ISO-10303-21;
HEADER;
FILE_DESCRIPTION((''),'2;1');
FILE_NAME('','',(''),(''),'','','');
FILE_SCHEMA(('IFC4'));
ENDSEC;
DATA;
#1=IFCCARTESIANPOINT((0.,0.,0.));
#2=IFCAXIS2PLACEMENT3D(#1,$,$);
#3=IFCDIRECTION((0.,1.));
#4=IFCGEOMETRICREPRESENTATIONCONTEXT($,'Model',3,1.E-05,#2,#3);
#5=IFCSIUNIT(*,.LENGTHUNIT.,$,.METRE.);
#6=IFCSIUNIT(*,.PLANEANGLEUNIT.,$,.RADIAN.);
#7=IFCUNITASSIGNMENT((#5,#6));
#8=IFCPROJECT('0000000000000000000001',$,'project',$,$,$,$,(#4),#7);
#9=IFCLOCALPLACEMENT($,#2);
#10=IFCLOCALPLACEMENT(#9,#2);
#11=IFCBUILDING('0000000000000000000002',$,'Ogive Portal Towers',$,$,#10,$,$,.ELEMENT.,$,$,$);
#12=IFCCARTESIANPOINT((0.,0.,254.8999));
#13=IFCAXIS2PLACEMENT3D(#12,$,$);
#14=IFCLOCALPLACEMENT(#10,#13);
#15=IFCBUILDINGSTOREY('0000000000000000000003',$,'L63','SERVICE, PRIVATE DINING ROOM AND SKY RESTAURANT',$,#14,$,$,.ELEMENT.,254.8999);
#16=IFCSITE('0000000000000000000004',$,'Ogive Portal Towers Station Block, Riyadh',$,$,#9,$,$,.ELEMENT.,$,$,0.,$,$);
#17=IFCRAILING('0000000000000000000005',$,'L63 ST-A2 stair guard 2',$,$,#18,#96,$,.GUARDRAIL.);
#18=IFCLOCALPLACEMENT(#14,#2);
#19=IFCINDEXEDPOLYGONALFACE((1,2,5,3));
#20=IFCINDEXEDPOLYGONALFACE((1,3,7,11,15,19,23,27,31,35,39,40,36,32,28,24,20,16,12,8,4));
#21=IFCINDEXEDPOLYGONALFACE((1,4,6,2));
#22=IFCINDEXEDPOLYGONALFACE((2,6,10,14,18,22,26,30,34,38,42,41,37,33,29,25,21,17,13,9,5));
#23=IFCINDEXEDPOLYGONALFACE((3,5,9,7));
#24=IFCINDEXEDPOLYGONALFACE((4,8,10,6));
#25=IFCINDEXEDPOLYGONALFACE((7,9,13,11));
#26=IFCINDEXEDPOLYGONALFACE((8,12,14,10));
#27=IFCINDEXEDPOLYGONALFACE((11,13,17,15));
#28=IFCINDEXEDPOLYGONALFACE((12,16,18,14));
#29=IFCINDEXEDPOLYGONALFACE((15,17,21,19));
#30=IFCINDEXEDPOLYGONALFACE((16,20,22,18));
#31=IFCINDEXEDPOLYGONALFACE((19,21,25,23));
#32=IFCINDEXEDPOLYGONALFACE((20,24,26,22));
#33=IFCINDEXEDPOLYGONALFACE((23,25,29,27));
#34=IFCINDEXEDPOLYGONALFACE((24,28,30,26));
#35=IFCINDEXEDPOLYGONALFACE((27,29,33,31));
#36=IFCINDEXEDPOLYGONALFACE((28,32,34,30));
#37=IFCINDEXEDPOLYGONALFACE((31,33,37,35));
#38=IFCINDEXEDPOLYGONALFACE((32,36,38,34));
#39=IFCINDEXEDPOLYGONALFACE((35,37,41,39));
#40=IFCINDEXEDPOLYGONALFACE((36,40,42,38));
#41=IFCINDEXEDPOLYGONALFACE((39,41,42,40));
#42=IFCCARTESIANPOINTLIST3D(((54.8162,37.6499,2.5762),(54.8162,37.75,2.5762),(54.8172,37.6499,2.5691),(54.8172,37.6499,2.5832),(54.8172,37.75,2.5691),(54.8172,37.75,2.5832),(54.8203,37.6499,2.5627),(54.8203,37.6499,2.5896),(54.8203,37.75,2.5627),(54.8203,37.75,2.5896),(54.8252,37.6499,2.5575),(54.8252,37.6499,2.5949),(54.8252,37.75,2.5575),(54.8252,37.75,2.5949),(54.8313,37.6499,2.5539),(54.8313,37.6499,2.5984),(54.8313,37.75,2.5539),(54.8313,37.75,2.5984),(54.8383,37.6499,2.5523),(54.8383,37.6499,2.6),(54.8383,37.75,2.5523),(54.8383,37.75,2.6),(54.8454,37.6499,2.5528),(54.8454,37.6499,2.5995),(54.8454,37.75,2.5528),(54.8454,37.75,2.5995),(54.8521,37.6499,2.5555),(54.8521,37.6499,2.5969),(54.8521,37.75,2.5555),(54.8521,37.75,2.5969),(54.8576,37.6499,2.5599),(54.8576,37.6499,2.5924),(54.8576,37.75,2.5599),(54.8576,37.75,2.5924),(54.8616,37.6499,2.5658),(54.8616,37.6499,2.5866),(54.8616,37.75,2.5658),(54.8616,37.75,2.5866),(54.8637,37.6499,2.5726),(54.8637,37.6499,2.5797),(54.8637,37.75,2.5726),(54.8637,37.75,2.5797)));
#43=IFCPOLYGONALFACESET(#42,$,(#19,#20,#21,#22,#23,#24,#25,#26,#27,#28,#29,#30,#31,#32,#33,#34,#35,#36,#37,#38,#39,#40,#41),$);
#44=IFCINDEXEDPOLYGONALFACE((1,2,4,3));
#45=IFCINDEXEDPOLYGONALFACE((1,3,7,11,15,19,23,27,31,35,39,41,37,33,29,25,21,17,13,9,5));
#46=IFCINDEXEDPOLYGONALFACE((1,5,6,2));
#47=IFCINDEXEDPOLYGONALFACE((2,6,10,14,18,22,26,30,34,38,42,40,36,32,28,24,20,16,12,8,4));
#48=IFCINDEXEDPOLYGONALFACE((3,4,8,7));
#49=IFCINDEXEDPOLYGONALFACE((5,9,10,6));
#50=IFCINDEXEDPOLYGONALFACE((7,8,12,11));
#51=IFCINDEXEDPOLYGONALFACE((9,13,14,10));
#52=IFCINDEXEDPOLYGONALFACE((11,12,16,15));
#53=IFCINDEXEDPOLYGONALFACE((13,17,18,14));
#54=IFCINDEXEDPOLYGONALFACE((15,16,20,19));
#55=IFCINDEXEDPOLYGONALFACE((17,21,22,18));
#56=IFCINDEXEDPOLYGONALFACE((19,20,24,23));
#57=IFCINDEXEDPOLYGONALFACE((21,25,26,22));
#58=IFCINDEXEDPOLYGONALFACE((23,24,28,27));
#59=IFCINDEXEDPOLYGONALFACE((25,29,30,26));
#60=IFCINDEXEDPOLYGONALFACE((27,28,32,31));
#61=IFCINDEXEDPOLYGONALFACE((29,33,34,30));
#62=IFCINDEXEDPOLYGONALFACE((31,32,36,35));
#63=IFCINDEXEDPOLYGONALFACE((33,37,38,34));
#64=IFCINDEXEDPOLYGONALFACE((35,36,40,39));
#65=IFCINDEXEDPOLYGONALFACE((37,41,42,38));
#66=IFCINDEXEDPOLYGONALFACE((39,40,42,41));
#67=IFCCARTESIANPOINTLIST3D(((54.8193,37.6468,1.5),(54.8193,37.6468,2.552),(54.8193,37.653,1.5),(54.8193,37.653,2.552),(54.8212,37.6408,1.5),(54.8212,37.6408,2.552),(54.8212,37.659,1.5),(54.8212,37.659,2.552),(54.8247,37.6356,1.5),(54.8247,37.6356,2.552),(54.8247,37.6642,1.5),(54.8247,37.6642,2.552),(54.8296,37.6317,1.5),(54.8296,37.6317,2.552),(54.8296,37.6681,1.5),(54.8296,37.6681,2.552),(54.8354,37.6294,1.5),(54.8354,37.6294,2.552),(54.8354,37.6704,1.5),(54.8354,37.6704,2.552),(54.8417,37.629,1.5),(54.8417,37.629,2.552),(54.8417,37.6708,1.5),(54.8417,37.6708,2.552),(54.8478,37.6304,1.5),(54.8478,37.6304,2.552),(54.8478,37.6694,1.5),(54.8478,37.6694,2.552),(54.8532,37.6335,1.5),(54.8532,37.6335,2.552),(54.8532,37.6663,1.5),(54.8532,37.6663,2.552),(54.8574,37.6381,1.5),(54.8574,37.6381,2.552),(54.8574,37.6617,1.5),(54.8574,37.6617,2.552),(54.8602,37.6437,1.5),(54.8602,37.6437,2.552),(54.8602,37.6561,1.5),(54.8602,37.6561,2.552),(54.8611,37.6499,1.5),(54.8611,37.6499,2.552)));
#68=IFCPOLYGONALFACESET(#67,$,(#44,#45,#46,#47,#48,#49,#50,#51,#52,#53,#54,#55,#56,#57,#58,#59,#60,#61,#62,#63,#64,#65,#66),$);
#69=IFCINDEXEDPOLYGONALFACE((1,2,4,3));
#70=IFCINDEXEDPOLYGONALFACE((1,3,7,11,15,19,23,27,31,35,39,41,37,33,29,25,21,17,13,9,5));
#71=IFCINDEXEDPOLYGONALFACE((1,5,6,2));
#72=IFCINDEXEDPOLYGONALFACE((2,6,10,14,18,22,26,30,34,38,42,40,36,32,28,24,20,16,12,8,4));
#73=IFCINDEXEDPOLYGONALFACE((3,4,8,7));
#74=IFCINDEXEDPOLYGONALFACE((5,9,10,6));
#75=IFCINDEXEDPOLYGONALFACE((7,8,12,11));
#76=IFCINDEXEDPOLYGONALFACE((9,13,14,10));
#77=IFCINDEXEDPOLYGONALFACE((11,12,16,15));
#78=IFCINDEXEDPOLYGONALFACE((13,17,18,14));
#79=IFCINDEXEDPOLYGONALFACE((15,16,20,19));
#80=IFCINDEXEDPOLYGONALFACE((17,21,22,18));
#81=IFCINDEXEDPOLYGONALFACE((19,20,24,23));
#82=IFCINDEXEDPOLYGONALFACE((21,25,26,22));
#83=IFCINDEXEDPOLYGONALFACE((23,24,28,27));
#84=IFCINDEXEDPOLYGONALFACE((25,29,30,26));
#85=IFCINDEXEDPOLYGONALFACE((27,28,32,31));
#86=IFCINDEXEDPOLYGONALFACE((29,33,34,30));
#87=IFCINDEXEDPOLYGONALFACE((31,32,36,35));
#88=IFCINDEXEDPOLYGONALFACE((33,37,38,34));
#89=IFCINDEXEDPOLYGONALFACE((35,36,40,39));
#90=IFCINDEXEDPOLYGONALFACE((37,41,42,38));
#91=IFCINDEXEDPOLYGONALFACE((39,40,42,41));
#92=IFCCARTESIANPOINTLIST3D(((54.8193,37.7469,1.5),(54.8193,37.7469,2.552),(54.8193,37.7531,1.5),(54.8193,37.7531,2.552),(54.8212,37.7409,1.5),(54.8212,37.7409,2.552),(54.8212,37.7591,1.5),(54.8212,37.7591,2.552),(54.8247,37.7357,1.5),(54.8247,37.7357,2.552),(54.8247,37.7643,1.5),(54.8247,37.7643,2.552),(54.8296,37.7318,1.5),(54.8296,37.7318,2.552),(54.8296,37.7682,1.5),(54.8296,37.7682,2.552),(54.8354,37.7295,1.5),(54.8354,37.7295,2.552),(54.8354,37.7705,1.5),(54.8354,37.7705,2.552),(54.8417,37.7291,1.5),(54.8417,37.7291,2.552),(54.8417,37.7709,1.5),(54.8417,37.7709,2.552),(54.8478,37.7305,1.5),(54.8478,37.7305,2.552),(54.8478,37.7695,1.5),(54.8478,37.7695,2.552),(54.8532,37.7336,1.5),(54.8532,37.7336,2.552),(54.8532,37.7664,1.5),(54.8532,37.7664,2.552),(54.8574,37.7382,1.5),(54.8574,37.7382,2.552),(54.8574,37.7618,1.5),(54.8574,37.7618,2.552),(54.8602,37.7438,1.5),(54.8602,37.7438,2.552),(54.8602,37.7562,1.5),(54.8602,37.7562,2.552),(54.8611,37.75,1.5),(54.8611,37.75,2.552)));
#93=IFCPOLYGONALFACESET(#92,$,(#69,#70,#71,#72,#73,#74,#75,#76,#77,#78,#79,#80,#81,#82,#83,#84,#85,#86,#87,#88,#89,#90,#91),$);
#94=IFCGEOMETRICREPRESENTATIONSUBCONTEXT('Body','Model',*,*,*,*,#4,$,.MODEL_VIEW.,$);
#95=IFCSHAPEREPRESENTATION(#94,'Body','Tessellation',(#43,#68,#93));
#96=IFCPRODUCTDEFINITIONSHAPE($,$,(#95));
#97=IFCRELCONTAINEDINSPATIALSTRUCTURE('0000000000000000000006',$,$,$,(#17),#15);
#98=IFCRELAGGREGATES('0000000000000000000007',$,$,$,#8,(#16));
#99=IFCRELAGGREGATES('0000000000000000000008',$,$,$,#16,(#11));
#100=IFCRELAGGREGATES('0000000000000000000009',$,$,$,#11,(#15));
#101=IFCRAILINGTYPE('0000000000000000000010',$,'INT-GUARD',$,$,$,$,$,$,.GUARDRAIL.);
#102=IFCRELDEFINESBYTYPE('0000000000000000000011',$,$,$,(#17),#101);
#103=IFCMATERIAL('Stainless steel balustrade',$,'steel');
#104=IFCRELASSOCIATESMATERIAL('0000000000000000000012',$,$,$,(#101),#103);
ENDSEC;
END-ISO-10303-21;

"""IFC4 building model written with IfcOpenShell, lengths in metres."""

from ifc_helpers import new_model, si_unit, direction, frame, origin, origin_2d, place, context, subcontext, project, spatial, circle, extrude, material, type_object, element, save


model = new_model("IFC4")

# Units and contexts
model_context = context("Model", 3, precision=1e-05, world=origin(), true_north=direction((0.0, 1.0)))
body_context = subcontext(model_context, "Body", "Model", "MODEL_VIEW")
ifc_project = project(units=[si_unit("LENGTHUNIT", "METRE"), si_unit("PLANEANGLEUNIT", "RADIAN")], contexts=[model_context])

# Site, building, storey
site_placement = place(None, origin())
site = spatial("IfcSite", under=ifc_project, at=site_placement, Name="Ogive Portal Towers Station Block, Riyadh", CompositionType="ELEMENT", RefElevation=0.0)
building_placement = place(site_placement, origin())
building = spatial("IfcBuilding", under=site, at=building_placement, Name="Ogive Portal Towers", CompositionType="ELEMENT")
storey_placement = place(building_placement, frame((0.0, 0.0, 254.8999)))
storey = spatial("IfcBuildingStorey", under=building, at=storey_placement, Name="L63", Description="SERVICE, PRIVATE DINING ROOM AND SKY RESTAURANT", CompositionType="ELEMENT", Elevation=254.8999)

# Railing
ifc_material_1 = material(Name="Stainless steel balustrade", Category="steel")
railing_type_1 = type_object("IfcRailingType", Name="INT-GUARD", PredefinedType="GUARDRAIL", material=ifc_material_1)
railing_1_placement = place(storey_placement, frame((54.8401, 37.6499, 1.5)))
element("IfcRailing", 1, at=railing_1_placement, inside=storey, type_object=railing_type_1, Name="L63 ST-A2 stair guard 2", PredefinedType="GUARDRAIL", context=body_context, shape_type="SweptSolid", body=[
    extrude(circle(Radius=0.0239, at=origin_2d()), frame((0.0, 0.0, 1.0762), z_axis=(0.0, 1.0, 0.0), x_axis=(-1.0, 0.0, 0.0)), (0.0, 0.0, 1.0), 0.1001),
    extrude(circle(Radius=0.021, at=origin_2d()), origin(), (0.0, 0.0, 1.0), 1.052),
    extrude(circle(Radius=0.021, at=origin_2d()), frame((0.0, 0.1001, 0.0)), (0.0, 0.0, 1.0), 1.052),
])

save(model, "model.ifc")
